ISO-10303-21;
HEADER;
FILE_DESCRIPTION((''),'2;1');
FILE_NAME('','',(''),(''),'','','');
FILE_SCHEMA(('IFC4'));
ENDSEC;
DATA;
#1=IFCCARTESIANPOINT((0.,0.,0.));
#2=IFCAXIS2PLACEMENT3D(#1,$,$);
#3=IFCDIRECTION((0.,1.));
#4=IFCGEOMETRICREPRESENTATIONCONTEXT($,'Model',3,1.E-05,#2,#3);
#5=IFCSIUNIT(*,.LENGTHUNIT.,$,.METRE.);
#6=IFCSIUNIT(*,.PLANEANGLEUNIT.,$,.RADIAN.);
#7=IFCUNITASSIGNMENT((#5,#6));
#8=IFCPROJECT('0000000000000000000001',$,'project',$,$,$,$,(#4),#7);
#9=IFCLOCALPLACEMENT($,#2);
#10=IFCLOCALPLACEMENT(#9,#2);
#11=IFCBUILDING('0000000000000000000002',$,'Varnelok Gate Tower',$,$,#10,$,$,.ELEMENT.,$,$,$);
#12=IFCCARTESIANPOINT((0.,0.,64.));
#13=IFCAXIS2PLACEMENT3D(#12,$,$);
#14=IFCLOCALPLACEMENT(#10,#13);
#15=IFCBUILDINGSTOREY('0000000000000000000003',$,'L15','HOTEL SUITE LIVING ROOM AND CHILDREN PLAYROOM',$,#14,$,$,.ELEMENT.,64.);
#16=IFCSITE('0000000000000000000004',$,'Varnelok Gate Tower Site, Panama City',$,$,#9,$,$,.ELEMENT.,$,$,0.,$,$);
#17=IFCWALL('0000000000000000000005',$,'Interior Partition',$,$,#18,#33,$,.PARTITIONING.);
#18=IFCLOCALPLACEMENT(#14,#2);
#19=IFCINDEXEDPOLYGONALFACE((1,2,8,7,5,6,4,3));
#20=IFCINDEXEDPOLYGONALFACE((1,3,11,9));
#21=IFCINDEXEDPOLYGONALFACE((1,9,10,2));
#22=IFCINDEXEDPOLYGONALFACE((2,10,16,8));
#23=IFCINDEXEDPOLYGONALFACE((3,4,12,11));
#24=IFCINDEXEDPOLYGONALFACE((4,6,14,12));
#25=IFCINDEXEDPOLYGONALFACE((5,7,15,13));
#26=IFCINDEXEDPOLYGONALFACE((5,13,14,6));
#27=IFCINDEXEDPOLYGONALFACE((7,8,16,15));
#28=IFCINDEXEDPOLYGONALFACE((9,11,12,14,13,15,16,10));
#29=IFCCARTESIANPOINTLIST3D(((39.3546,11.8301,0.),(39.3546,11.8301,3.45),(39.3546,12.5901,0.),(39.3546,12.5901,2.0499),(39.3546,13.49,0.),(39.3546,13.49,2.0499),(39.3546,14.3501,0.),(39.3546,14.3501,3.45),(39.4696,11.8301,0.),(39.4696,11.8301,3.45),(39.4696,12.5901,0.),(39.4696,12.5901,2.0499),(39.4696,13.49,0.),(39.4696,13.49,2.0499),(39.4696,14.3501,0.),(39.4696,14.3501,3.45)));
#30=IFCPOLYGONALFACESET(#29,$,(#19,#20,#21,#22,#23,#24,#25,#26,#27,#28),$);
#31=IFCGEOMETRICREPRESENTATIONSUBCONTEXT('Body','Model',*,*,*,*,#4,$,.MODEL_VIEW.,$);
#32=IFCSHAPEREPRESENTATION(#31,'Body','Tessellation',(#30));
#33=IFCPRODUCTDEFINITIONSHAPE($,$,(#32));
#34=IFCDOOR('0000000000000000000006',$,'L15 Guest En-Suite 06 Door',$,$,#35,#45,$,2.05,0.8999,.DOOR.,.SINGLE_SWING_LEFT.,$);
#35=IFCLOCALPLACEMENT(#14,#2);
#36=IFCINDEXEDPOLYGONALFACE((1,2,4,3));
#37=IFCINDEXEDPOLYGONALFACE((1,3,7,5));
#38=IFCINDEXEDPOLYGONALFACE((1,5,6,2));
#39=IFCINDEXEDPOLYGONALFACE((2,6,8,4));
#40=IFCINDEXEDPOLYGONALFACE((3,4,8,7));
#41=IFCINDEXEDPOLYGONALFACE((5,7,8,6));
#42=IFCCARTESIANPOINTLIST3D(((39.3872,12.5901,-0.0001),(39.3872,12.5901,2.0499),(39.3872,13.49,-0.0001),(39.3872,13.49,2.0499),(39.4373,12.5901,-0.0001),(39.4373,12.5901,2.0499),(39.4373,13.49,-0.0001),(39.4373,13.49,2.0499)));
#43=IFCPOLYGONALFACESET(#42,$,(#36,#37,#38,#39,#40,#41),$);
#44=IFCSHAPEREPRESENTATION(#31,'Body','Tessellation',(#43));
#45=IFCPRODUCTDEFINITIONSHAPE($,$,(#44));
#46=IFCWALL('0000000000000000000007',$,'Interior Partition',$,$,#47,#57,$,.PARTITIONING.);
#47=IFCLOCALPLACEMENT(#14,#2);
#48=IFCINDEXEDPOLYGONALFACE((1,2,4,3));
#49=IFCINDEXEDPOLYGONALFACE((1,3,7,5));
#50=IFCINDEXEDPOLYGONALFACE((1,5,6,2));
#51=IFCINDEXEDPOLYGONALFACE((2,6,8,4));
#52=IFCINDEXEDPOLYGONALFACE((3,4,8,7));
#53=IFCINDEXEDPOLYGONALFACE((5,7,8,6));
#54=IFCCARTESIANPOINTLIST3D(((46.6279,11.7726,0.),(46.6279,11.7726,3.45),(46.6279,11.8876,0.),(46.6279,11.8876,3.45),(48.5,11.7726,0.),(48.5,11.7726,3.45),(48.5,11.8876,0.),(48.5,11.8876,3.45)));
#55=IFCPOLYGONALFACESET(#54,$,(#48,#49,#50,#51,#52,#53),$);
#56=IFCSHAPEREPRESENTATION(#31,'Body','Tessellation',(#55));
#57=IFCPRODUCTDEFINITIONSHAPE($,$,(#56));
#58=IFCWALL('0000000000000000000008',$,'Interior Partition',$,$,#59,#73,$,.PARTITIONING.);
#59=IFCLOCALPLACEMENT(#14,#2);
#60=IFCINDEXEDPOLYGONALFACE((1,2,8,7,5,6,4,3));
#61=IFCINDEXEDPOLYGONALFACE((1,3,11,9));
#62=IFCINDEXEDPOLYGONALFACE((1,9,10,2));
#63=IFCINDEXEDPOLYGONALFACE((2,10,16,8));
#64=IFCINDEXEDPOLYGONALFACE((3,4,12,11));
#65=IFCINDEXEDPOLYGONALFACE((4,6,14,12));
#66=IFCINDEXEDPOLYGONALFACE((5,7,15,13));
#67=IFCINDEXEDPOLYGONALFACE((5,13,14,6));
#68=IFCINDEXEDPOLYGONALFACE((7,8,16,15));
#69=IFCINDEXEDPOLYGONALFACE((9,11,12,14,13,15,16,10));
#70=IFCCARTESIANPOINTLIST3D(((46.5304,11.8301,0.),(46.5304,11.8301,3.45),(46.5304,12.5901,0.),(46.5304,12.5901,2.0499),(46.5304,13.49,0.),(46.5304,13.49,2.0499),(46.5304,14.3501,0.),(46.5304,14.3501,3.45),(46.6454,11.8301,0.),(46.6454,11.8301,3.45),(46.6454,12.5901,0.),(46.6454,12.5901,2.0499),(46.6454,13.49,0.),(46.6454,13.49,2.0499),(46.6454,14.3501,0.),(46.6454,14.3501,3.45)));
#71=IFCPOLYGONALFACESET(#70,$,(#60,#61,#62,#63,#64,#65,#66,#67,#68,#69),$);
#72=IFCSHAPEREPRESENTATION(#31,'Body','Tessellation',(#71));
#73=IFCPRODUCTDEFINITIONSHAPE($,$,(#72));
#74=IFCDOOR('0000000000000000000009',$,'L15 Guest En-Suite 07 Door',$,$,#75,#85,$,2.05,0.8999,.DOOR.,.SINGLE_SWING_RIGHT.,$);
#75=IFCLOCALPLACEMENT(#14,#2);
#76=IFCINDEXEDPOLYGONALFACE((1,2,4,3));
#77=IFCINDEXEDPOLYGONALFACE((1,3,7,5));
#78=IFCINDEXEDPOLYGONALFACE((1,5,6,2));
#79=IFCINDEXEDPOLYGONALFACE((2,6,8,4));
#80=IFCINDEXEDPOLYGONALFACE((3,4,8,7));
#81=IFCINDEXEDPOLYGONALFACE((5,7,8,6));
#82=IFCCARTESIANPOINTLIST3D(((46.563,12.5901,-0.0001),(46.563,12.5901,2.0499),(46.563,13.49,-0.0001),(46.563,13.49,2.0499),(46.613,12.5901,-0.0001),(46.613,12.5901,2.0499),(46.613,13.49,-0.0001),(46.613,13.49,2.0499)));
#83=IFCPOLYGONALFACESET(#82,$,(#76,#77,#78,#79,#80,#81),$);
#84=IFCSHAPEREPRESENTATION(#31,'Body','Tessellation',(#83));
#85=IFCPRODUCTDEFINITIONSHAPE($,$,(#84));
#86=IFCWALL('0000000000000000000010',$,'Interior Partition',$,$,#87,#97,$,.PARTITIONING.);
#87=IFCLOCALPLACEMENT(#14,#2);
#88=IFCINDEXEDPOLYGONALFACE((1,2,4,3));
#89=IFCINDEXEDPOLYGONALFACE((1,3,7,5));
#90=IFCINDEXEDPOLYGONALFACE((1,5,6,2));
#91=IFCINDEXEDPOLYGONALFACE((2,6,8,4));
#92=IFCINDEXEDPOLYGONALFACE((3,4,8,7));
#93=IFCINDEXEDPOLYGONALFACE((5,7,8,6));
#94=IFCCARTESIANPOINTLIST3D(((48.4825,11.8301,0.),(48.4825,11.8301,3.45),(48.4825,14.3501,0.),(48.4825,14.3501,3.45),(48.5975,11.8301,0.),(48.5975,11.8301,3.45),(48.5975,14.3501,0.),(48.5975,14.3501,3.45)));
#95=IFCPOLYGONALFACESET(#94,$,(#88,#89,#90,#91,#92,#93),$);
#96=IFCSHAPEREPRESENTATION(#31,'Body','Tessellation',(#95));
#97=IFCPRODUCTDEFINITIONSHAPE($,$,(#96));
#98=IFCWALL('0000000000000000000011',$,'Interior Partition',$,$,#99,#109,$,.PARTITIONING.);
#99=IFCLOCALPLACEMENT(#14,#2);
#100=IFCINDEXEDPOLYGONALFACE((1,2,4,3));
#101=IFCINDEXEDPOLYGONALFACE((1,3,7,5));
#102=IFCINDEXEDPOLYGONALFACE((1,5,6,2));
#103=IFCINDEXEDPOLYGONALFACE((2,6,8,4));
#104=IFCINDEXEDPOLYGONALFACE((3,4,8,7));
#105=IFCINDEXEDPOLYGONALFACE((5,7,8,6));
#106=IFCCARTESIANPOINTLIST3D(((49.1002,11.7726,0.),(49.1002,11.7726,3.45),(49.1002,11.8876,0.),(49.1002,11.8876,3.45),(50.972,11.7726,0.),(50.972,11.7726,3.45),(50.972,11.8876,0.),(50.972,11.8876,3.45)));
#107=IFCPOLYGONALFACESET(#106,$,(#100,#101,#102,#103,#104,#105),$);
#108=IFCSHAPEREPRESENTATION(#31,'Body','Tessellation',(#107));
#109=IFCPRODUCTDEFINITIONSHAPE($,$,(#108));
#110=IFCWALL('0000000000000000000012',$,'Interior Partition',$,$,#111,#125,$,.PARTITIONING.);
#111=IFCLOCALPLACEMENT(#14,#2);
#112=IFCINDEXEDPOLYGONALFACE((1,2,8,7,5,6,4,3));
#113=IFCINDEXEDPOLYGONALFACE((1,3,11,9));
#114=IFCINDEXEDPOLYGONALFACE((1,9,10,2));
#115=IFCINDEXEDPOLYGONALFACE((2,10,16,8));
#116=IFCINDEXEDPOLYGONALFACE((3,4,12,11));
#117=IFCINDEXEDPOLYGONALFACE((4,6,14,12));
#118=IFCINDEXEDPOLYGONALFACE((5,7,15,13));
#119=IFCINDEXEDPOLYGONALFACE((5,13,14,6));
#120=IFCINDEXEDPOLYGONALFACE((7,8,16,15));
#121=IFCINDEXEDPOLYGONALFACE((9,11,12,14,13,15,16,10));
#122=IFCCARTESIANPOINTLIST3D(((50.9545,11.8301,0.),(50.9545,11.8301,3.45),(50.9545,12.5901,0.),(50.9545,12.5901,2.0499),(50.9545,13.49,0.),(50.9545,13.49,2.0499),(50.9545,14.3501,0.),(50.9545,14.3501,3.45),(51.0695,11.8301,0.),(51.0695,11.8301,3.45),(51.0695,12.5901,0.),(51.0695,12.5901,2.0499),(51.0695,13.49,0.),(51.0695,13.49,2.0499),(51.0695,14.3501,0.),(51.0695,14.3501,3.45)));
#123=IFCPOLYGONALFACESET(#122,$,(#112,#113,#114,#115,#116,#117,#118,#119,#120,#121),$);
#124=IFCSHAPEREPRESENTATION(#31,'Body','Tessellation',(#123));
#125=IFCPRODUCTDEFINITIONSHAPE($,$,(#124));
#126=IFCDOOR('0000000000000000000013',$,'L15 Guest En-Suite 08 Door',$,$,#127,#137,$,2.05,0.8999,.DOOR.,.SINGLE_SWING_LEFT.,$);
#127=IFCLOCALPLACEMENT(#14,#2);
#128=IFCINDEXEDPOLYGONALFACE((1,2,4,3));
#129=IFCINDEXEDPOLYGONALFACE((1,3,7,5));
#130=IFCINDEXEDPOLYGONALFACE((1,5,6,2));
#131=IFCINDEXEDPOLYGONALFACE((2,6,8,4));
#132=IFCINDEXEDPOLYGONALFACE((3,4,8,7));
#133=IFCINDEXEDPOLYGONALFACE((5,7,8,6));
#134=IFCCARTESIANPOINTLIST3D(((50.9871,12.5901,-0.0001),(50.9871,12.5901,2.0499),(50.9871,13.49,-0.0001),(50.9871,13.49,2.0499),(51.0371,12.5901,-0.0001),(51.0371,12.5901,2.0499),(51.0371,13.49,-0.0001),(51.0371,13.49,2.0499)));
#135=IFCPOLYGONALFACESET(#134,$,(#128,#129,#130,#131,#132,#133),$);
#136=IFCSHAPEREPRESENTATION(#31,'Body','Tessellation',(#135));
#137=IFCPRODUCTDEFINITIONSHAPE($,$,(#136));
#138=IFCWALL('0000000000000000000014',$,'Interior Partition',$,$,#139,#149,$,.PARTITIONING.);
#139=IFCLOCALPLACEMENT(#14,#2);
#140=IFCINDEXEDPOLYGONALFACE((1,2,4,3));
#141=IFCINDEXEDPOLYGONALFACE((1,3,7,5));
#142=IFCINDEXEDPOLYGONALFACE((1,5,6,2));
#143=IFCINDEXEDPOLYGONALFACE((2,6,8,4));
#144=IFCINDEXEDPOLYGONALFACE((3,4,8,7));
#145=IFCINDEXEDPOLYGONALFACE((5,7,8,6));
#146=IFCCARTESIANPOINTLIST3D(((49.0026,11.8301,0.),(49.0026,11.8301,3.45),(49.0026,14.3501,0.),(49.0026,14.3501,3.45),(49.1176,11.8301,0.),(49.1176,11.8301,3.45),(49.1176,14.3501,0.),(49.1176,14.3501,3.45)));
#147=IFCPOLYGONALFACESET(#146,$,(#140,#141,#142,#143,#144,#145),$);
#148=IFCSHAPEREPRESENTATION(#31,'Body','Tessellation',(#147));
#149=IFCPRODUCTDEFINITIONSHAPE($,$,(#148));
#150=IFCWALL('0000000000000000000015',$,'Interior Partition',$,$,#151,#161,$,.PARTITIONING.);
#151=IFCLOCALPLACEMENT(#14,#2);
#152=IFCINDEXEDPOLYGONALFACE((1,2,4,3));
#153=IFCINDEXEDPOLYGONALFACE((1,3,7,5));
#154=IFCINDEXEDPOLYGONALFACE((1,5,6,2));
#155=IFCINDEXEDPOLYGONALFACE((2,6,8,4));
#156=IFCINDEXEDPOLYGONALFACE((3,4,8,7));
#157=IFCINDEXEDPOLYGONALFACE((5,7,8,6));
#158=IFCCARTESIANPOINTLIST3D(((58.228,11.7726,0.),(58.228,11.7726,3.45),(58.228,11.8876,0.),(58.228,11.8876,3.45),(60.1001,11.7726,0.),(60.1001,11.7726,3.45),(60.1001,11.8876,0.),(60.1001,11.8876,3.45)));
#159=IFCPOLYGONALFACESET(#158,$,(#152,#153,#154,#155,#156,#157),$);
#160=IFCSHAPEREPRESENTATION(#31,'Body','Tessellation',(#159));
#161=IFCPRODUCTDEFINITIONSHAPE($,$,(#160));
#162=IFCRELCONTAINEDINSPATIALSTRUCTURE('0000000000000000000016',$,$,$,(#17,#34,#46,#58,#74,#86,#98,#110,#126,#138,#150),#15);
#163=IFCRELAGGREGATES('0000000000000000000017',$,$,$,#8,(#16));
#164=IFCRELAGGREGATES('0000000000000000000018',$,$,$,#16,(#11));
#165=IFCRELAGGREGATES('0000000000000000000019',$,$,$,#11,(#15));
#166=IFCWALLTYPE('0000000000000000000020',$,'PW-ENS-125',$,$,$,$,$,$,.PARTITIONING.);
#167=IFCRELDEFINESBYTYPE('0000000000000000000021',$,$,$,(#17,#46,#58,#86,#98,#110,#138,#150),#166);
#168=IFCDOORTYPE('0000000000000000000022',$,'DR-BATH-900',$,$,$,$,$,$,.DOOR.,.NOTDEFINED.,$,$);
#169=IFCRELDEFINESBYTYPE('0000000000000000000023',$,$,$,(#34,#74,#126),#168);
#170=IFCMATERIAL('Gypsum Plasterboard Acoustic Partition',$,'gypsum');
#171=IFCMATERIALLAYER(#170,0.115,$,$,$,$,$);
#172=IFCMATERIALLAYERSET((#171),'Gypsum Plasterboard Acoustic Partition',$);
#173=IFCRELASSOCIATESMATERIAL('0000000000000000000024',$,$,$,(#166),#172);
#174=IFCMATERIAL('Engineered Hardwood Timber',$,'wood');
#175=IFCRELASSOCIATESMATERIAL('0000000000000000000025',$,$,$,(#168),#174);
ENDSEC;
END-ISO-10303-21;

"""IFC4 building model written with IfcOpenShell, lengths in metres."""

from ifc_helpers import new_model, si_unit, direction, frame, frame_2d, origin, place, context, subcontext, project, spatial, rectangle, extrude, material, layer, layer_set, type_object, element, fill, save


model = new_model("IFC4")

# Units and contexts
model_context = context("Model", 3, precision=1e-05, world=origin(), true_north=direction((0.0, 1.0)))
body_context = subcontext(model_context, "Body", "Model", "MODEL_VIEW")
ifc_project = project(units=[si_unit("LENGTHUNIT", "METRE"), si_unit("PLANEANGLEUNIT", "RADIAN")], contexts=[model_context])

# Site, building, storey
site_placement = place(None, origin())
site = spatial("IfcSite", under=ifc_project, at=site_placement, Name="Varnelok Gate Tower Site, Panama City", CompositionType="ELEMENT", RefElevation=0.0)
building_placement = place(site_placement, origin())
building = spatial("IfcBuilding", under=site, at=building_placement, Name="Varnelok Gate Tower", CompositionType="ELEMENT")
storey_placement = place(building_placement, frame((0.0, 0.0, 64.0)))
storey = spatial("IfcBuildingStorey", under=building, at=storey_placement, Name="L15", Description="HOTEL SUITE LIVING ROOM AND CHILDREN PLAYROOM", CompositionType="ELEMENT", Elevation=64.0)

# Wall, opening, door
ifc_material_1 = material(Name="Gypsum Plasterboard Acoustic Partition", Category="gypsum")
ifc_layer_1 = layer(ifc_material_1, 0.115)
ifc_layer_set_1 = layer_set([ifc_layer_1], Name="Gypsum Plasterboard Acoustic Partition")
wall_type_1 = type_object("IfcWallType", Name="PW-ENS-125", PredefinedType="PARTITIONING", material=ifc_layer_set_1)
wall_1_placement = place(storey_placement, frame((39.4121, 11.8301, 0.0), z_axis=(0.0, 0.0, 1.0), x_axis=(0.0, 1.0, 0.0)))
wall_1 = element("IfcWall", 1, at=wall_1_placement, inside=storey, type_object=wall_type_1, Name="Interior Partition", PredefinedType="PARTITIONING", context=body_context, shape_type="SweptSolid", body=[
    extrude(rectangle(XDim=2.52, YDim=0.115, at=frame_2d((1.26, 0.0))), origin(), (0.0, 0.0, 1.0), 3.45),
])
opening_1_placement = place(wall_1_placement, frame((0.76, 0.0, 0.0)))
opening_1 = element("IfcOpeningElement", 2, at=opening_1_placement, cuts=wall_1, PredefinedType="OPENING", context=body_context, shape_type="SweptSolid", body=[
    extrude(rectangle(XDim=0.8999, YDim=2.05, at=frame_2d((0.45, 1.0249))), frame((0.0, 0.0674, 0.0), z_axis=(0.0, -1.0, 0.0), x_axis=(1.0, 0.0, 0.0)), (0.0, 0.0, 1.0), 0.135),
])
ifc_material_2 = material(Name="Engineered Hardwood Timber", Category="wood")
door_type = type_object("IfcDoorType", Name="DR-BATH-900", OperationType="NOTDEFINED", PredefinedType="DOOR", material=ifc_material_2)
door_1_placement = place(opening_1_placement, origin())
door_1 = element("IfcDoor", 3, at=door_1_placement, inside=storey, type_object=door_type, Name="L15 Guest En-Suite 06 Door", OperationType="SINGLE_SWING_LEFT", OverallHeight=2.05, OverallWidth=0.8999, PredefinedType="DOOR", context=body_context, shape_type="SweptSolid", body=[
    extrude(rectangle(XDim=0.8999, YDim=2.05, at=frame_2d((0.45, 1.0249))), frame((0.0, 0.0249, 0.0), z_axis=(0.0, -1.0, 0.0), x_axis=(1.0, 0.0, 0.0)), (0.0, 0.0, 1.0), 0.05),
])
fill(opening_1, door_1)

# Wall
wall_2_placement = place(storey_placement, frame((46.6279, 11.8301, 0.0), z_axis=(0.0, 0.0, 1.0), x_axis=(1.0, 0.0, 0.0)))
element("IfcWall", 4, at=wall_2_placement, inside=storey, type_object=wall_type_1, Name="Interior Partition", PredefinedType="PARTITIONING", context=body_context, shape_type="SweptSolid", body=[
    extrude(rectangle(XDim=1.8721, YDim=0.115, at=frame_2d((0.936, 0.0))), origin(), (0.0, 0.0, 1.0), 3.45),
])

# Wall, opening, door
wall_3_placement = place(storey_placement, frame((46.5879, 11.8301, 0.0), z_axis=(0.0, 0.0, 1.0), x_axis=(0.0, 1.0, 0.0)))
wall_3 = element("IfcWall", 5, at=wall_3_placement, inside=storey, type_object=wall_type_1, Name="Interior Partition", PredefinedType="PARTITIONING", context=body_context, shape_type="SweptSolid", body=[
    extrude(rectangle(XDim=2.52, YDim=0.115, at=frame_2d((1.26, 0.0))), origin(), (0.0, 0.0, 1.0), 3.45),
])
opening_2_placement = place(wall_3_placement, frame((0.76, 0.0, 0.0)))
opening_2 = element("IfcOpeningElement", 6, at=opening_2_placement, cuts=wall_3, PredefinedType="OPENING", context=body_context, shape_type="SweptSolid", body=[
    extrude(rectangle(XDim=0.8999, YDim=2.05, at=frame_2d((0.45, 1.0249))), frame((0.0, 0.0674, 0.0), z_axis=(0.0, -1.0, 0.0), x_axis=(1.0, 0.0, 0.0)), (0.0, 0.0, 1.0), 0.135),
])
door_2_placement = place(opening_2_placement, origin())
door_2 = element("IfcDoor", 7, at=door_2_placement, inside=storey, type_object=door_type, Name="L15 Guest En-Suite 07 Door", OperationType="SINGLE_SWING_RIGHT", OverallHeight=2.05, OverallWidth=0.8999, PredefinedType="DOOR", context=body_context, shape_type="SweptSolid", body=[
    extrude(rectangle(XDim=0.8999, YDim=2.05, at=frame_2d((0.45, 1.0249))), frame((0.0, 0.0249, 0.0), z_axis=(0.0, -1.0, 0.0), x_axis=(1.0, 0.0, 0.0)), (0.0, 0.0, 1.0), 0.05),
])
fill(opening_2, door_2)

# Walls
wall_4_placement = place(storey_placement, frame((48.54, 11.8301, 0.0), z_axis=(0.0, 0.0, 1.0), x_axis=(0.0, 1.0, 0.0)))
element("IfcWall", 8, at=wall_4_placement, inside=storey, type_object=wall_type_1, Name="Interior Partition", PredefinedType="PARTITIONING", context=body_context, shape_type="SweptSolid", body=[
    extrude(rectangle(XDim=2.52, YDim=0.115, at=frame_2d((1.26, 0.0))), origin(), (0.0, 0.0, 1.0), 3.45),
])
wall_5_placement = place(storey_placement, frame((49.1001, 11.8301, 0.0), z_axis=(0.0, 0.0, 1.0), x_axis=(1.0, 0.0, 0.0)))
element("IfcWall", 9, at=wall_5_placement, inside=storey, type_object=wall_type_1, Name="Interior Partition", PredefinedType="PARTITIONING", context=body_context, shape_type="SweptSolid", body=[
    extrude(rectangle(XDim=1.8718, YDim=0.115, at=frame_2d((0.936, 0.0))), origin(), (0.0, 0.0, 1.0), 3.45),
])

# Wall, opening, door
wall_6_placement = place(storey_placement, frame((51.012, 11.8301, 0.0), z_axis=(0.0, 0.0, 1.0), x_axis=(0.0, 1.0, 0.0)))
wall_6 = element("IfcWall", 10, at=wall_6_placement, inside=storey, type_object=wall_type_1, Name="Interior Partition", PredefinedType="PARTITIONING", context=body_context, shape_type="SweptSolid", body=[
    extrude(rectangle(XDim=2.52, YDim=0.115, at=frame_2d((1.26, 0.0))), origin(), (0.0, 0.0, 1.0), 3.45),
])
opening_3_placement = place(wall_6_placement, frame((0.76, 0.0, 0.0)))
opening_3 = element("IfcOpeningElement", 11, at=opening_3_placement, cuts=wall_6, PredefinedType="OPENING", context=body_context, shape_type="SweptSolid", body=[
    extrude(rectangle(XDim=0.8999, YDim=2.05, at=frame_2d((0.45, 1.0249))), frame((0.0, 0.0674, 0.0), z_axis=(0.0, -1.0, 0.0), x_axis=(1.0, 0.0, 0.0)), (0.0, 0.0, 1.0), 0.135),
])
door_3_placement = place(opening_3_placement, origin())
door_3 = element("IfcDoor", 12, at=door_3_placement, inside=storey, type_object=door_type, Name="L15 Guest En-Suite 08 Door", OperationType="SINGLE_SWING_LEFT", OverallHeight=2.05, OverallWidth=0.8999, PredefinedType="DOOR", context=body_context, shape_type="SweptSolid", body=[
    extrude(rectangle(XDim=0.8999, YDim=2.05, at=frame_2d((0.45, 1.0249))), frame((0.0, 0.0249, 0.0), z_axis=(0.0, -1.0, 0.0), x_axis=(1.0, 0.0, 0.0)), (0.0, 0.0, 1.0), 0.05),
])
fill(opening_3, door_3)

# Walls
wall_7_placement = place(storey_placement, frame((49.0601, 11.8301, 0.0), z_axis=(0.0, 0.0, 1.0), x_axis=(0.0, 1.0, 0.0)))
element("IfcWall", 13, at=wall_7_placement, inside=storey, type_object=wall_type_1, Name="Interior Partition", PredefinedType="PARTITIONING", context=body_context, shape_type="SweptSolid", body=[
    extrude(rectangle(XDim=2.52, YDim=0.115, at=frame_2d((1.26, 0.0))), origin(), (0.0, 0.0, 1.0), 3.45),
])
wall_8_placement = place(storey_placement, frame((58.228, 11.8301, 0.0), z_axis=(0.0, 0.0, 1.0), x_axis=(1.0, 0.0, 0.0)))
element("IfcWall", 14, at=wall_8_placement, inside=storey, type_object=wall_type_1, Name="Interior Partition", PredefinedType="PARTITIONING", context=body_context, shape_type="SweptSolid", body=[
    extrude(rectangle(XDim=1.8721, YDim=0.115, at=frame_2d((0.936, 0.0))), origin(), (0.0, 0.0, 1.0), 3.45),
])

save(model, "model.ifc")
